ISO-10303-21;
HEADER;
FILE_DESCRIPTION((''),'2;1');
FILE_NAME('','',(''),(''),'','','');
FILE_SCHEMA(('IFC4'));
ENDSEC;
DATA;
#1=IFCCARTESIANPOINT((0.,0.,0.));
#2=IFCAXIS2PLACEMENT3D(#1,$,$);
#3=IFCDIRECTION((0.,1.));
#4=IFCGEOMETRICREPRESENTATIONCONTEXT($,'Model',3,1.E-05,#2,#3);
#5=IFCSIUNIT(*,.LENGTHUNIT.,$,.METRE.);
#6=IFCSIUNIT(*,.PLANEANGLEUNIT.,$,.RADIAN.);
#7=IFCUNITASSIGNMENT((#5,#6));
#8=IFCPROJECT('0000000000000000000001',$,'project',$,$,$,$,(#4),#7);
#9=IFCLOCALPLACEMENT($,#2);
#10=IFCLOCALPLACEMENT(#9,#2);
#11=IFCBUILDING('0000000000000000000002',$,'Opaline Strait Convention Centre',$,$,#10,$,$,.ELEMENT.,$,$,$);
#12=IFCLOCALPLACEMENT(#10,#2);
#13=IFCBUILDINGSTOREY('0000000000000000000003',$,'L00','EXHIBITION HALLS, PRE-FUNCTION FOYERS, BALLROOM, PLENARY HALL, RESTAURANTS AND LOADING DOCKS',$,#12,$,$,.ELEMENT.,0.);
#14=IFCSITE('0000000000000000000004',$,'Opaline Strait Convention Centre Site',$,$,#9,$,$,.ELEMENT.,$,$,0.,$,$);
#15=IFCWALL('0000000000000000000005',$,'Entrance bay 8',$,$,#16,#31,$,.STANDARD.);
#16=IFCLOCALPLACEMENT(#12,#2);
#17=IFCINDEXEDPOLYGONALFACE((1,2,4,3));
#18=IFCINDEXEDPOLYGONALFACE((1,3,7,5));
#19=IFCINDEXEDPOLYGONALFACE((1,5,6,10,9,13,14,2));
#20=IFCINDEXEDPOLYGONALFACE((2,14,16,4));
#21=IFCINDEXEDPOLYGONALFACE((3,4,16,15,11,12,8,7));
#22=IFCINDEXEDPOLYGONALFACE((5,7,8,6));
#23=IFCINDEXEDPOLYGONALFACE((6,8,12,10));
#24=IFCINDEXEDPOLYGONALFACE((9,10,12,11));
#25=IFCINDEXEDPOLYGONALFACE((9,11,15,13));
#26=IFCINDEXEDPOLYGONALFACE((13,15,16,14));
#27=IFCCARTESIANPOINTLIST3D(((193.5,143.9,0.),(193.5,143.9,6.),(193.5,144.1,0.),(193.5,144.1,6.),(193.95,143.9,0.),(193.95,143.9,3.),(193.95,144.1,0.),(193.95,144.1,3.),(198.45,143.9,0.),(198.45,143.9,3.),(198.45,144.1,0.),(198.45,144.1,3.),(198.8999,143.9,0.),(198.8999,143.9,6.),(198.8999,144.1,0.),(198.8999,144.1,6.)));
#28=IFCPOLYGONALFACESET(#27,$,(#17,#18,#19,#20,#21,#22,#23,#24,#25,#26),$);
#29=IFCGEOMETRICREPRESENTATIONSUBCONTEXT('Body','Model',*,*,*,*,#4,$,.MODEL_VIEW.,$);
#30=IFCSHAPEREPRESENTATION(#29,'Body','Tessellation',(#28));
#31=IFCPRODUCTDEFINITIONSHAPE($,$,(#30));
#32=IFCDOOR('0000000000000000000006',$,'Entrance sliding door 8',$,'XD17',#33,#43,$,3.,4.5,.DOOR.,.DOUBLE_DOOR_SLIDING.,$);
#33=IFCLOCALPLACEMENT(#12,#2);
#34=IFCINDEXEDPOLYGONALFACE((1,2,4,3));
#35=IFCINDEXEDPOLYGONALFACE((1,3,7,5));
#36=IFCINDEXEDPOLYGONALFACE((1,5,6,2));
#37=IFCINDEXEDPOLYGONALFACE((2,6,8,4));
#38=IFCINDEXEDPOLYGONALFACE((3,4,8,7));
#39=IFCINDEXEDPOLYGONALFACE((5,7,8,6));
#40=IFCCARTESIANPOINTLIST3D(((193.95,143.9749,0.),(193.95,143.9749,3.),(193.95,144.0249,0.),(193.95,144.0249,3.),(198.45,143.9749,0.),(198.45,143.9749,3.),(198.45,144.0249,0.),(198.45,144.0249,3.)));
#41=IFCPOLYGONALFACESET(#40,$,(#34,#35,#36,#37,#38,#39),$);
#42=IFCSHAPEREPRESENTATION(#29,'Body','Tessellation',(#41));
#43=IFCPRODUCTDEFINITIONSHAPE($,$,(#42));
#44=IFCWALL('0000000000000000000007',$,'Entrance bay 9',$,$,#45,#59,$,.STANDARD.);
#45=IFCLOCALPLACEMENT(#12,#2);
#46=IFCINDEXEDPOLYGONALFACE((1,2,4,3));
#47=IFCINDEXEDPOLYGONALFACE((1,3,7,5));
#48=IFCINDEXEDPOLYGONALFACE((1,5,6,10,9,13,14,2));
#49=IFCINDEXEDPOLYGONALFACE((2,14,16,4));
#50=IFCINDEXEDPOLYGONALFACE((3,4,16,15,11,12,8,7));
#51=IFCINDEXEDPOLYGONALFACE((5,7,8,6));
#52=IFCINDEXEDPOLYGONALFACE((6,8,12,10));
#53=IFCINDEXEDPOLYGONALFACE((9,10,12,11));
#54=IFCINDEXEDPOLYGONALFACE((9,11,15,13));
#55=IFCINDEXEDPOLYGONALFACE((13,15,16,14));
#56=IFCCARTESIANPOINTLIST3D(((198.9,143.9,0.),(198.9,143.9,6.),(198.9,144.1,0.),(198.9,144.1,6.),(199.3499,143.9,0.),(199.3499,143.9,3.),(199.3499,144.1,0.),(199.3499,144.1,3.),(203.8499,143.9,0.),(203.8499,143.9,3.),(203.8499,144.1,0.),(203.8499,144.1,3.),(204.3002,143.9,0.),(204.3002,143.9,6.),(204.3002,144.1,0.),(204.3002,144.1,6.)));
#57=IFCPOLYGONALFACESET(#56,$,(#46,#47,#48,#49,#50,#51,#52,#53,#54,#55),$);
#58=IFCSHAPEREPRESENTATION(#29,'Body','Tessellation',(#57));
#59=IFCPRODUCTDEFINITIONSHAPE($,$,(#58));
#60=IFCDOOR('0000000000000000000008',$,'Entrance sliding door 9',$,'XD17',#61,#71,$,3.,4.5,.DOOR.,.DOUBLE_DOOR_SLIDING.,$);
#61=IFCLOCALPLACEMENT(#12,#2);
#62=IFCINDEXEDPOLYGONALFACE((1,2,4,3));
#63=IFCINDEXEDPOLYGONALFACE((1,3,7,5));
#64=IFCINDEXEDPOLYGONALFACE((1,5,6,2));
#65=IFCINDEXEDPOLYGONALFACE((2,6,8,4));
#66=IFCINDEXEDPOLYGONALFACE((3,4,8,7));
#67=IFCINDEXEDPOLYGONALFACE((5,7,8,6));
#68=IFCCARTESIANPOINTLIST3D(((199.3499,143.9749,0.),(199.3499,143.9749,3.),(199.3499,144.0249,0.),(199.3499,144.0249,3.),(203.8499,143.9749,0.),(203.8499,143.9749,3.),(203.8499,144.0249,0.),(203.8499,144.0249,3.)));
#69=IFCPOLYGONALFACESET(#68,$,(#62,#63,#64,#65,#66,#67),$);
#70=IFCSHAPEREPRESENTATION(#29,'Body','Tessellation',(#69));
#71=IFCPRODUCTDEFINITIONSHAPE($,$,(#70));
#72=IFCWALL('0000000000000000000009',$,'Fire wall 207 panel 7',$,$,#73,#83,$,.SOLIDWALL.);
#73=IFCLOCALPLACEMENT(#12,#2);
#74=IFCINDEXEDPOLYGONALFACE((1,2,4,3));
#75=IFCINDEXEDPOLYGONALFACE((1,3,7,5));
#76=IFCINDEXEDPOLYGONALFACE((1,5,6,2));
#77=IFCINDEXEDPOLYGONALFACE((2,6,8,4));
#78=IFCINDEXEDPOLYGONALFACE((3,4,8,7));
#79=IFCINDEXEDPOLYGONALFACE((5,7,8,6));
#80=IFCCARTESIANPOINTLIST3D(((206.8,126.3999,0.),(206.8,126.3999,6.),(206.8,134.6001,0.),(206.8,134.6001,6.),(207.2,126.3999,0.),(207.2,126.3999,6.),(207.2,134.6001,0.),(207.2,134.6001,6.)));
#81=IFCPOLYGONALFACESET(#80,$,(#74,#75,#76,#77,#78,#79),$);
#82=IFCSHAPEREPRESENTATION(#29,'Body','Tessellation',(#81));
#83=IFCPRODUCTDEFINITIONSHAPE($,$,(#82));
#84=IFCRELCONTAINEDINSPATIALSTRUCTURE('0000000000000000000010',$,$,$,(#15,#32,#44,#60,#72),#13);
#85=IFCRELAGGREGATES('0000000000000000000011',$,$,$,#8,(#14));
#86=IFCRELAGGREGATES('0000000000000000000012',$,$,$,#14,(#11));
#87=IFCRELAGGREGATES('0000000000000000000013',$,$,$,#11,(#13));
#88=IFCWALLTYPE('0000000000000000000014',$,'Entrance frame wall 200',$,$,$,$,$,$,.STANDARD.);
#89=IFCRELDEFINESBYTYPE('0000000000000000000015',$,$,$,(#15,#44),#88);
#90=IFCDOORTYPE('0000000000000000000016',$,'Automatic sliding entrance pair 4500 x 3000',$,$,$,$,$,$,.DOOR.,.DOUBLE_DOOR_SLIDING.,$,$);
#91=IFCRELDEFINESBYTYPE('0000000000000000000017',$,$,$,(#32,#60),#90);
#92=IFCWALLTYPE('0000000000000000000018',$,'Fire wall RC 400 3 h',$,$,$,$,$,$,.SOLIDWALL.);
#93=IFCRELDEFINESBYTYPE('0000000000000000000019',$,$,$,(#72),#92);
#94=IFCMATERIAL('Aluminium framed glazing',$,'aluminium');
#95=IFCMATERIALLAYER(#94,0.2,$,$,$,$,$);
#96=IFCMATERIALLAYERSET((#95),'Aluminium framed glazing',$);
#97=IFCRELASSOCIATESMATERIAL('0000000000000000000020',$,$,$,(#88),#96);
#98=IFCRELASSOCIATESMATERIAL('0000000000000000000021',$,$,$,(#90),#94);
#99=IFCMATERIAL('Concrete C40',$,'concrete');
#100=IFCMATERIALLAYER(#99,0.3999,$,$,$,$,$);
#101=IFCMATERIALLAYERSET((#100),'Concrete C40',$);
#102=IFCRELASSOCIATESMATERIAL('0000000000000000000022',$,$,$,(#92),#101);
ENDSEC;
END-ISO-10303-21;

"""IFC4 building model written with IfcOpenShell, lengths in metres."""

from ifc_helpers import new_model, si_unit, direction, frame, frame_2d, origin, place, context, subcontext, project, spatial, rectangle, extrude, material, layer, layer_set, type_object, element, fill, save


model = new_model("IFC4")

# Units and contexts
model_context = context("Model", 3, precision=1e-05, world=origin(), true_north=direction((0.0, 1.0)))
body_context = subcontext(model_context, "Body", "Model", "MODEL_VIEW")
ifc_project = project(units=[si_unit("LENGTHUNIT", "METRE"), si_unit("PLANEANGLEUNIT", "RADIAN")], contexts=[model_context])

# Site, building, storey
site_placement = place(None, origin())
site = spatial("IfcSite", under=ifc_project, at=site_placement, Name="Opaline Strait Convention Centre Site", CompositionType="ELEMENT", RefElevation=0.0)
building_placement = place(site_placement, origin())
building = spatial("IfcBuilding", under=site, at=building_placement, Name="Opaline Strait Convention Centre", CompositionType="ELEMENT")
storey_placement = place(building_placement, origin())
storey = spatial("IfcBuildingStorey", under=building, at=storey_placement, Name="L00", Description="EXHIBITION HALLS, PRE-FUNCTION FOYERS, BALLROOM, PLENARY HALL, RESTAURANTS AND LOADING DOCKS", CompositionType="ELEMENT", Elevation=0.0)

# Shared definitions
ifc_material_1 = material(Name="Concrete C40", Category="concrete")

# Walls, openings, doors
ifc_material_2 = material(Name="Aluminium framed glazing", Category="aluminium")
ifc_layer_1 = layer(ifc_material_2, 0.2)
ifc_layer_set_1 = layer_set([ifc_layer_1], Name="Aluminium framed glazing")
wall_type_1 = type_object("IfcWallType", Name="Entrance frame wall 200", PredefinedType="STANDARD", material=ifc_layer_set_1)
door_type_1 = type_object("IfcDoorType", Name="Automatic sliding entrance pair 4500 x 3000", OperationType="DOUBLE_DOOR_SLIDING", PredefinedType="DOOR", material=ifc_material_2)
wall_1_placement = place(storey_placement, frame((193.5, 144.0, 0.0), z_axis=(0.0, 0.0, 1.0), x_axis=(1.0, 0.0, 0.0)))
wall_1 = element("IfcWall", 1, at=wall_1_placement, inside=storey, type_object=wall_type_1, Name="Entrance bay 8", PredefinedType="STANDARD", context=body_context, shape_type="SweptSolid", body=[
    extrude(rectangle(XDim=5.3999, YDim=0.2, at=frame_2d((2.7, 0.0))), origin(), (0.0, 0.0, 1.0), 6.0),
])
opening_1_placement = place(wall_1_placement, frame((0.45, 0.0, 0.0)))
opening_1 = element("IfcOpeningElement", 2, at=opening_1_placement, cuts=wall_1, PredefinedType="OPENING", context=body_context, shape_type="SweptSolid", body=[
    extrude(rectangle(XDim=4.5, YDim=3.0, at=frame_2d((2.25, 1.5))), frame((0.0, 0.1099, 0.0), z_axis=(0.0, -1.0, 0.0), x_axis=(1.0, 0.0, 0.0)), (0.0, 0.0, 1.0), 0.22),
])
door_1_placement = place(opening_1_placement, origin())
door_1 = element("IfcDoor", 3, at=door_1_placement, inside=storey, type_object=door_type_1, Name="Entrance sliding door 8", ObjectType="XD17", OperationType="DOUBLE_DOOR_SLIDING", OverallHeight=3.0, OverallWidth=4.5, PredefinedType="DOOR", context=body_context, shape_type="SweptSolid", body=[
    extrude(rectangle(XDim=4.5, YDim=3.0, at=frame_2d((2.25, 1.5))), frame((0.0, 0.0249, 0.0), z_axis=(0.0, -1.0, 0.0), x_axis=(1.0, 0.0, 0.0)), (0.0, 0.0, 1.0), 0.05),
])
fill(opening_1, door_1)
wall_2_placement = place(storey_placement, frame((198.8999, 144.0, 0.0), z_axis=(0.0, 0.0, 1.0), x_axis=(1.0, 0.0, 0.0)))
wall_2 = element("IfcWall", 4, at=wall_2_placement, inside=storey, type_object=wall_type_1, Name="Entrance bay 9", PredefinedType="STANDARD", context=body_context, shape_type="SweptSolid", body=[
    extrude(rectangle(XDim=5.4001, YDim=0.2, at=frame_2d((2.7002, 0.0))), origin(), (0.0, 0.0, 1.0), 6.0),
])
opening_2_placement = place(wall_2_placement, frame((0.45, 0.0, 0.0)))
opening_2 = element("IfcOpeningElement", 5, at=opening_2_placement, cuts=wall_2, PredefinedType="OPENING", context=body_context, shape_type="SweptSolid", body=[
    extrude(rectangle(XDim=4.5, YDim=3.0, at=frame_2d((2.25, 1.5))), frame((0.0, 0.1099, 0.0), z_axis=(0.0, -1.0, 0.0), x_axis=(1.0, 0.0, 0.0)), (0.0, 0.0, 1.0), 0.22),
])
door_2_placement = place(opening_2_placement, origin())
door_2 = element("IfcDoor", 6, at=door_2_placement, inside=storey, type_object=door_type_1, Name="Entrance sliding door 9", ObjectType="XD17", OperationType="DOUBLE_DOOR_SLIDING", OverallHeight=3.0, OverallWidth=4.5, PredefinedType="DOOR", context=body_context, shape_type="SweptSolid", body=[
    extrude(rectangle(XDim=4.5, YDim=3.0, at=frame_2d((2.25, 1.5))), frame((0.0, 0.0249, 0.0), z_axis=(0.0, -1.0, 0.0), x_axis=(1.0, 0.0, 0.0)), (0.0, 0.0, 1.0), 0.05),
])
fill(opening_2, door_2)
ifc_layer_2 = layer(ifc_material_1, 0.3999)
ifc_layer_set_2 = layer_set([ifc_layer_2], Name="Concrete C40")
wall_type_2 = type_object("IfcWallType", Name="Fire wall RC 400 3 h", PredefinedType="SOLIDWALL", material=ifc_layer_set_2)

# Wall
wall_3_placement = place(storey_placement, frame((207.0, 126.3999, 0.0), z_axis=(0.0, 0.0, 1.0), x_axis=(0.0, 1.0, 0.0)))
element("IfcWall", 7, at=wall_3_placement, inside=storey, type_object=wall_type_2, Name="Fire wall 207 panel 7", PredefinedType="SOLIDWALL", context=body_context, shape_type="SweptSolid", body=[
    extrude(rectangle(XDim=8.2002, YDim=0.3999, at=frame_2d((4.1001, 0.0))), origin(), (0.0, 0.0, 1.0), 6.0),
])

save(model, "model.ifc")
